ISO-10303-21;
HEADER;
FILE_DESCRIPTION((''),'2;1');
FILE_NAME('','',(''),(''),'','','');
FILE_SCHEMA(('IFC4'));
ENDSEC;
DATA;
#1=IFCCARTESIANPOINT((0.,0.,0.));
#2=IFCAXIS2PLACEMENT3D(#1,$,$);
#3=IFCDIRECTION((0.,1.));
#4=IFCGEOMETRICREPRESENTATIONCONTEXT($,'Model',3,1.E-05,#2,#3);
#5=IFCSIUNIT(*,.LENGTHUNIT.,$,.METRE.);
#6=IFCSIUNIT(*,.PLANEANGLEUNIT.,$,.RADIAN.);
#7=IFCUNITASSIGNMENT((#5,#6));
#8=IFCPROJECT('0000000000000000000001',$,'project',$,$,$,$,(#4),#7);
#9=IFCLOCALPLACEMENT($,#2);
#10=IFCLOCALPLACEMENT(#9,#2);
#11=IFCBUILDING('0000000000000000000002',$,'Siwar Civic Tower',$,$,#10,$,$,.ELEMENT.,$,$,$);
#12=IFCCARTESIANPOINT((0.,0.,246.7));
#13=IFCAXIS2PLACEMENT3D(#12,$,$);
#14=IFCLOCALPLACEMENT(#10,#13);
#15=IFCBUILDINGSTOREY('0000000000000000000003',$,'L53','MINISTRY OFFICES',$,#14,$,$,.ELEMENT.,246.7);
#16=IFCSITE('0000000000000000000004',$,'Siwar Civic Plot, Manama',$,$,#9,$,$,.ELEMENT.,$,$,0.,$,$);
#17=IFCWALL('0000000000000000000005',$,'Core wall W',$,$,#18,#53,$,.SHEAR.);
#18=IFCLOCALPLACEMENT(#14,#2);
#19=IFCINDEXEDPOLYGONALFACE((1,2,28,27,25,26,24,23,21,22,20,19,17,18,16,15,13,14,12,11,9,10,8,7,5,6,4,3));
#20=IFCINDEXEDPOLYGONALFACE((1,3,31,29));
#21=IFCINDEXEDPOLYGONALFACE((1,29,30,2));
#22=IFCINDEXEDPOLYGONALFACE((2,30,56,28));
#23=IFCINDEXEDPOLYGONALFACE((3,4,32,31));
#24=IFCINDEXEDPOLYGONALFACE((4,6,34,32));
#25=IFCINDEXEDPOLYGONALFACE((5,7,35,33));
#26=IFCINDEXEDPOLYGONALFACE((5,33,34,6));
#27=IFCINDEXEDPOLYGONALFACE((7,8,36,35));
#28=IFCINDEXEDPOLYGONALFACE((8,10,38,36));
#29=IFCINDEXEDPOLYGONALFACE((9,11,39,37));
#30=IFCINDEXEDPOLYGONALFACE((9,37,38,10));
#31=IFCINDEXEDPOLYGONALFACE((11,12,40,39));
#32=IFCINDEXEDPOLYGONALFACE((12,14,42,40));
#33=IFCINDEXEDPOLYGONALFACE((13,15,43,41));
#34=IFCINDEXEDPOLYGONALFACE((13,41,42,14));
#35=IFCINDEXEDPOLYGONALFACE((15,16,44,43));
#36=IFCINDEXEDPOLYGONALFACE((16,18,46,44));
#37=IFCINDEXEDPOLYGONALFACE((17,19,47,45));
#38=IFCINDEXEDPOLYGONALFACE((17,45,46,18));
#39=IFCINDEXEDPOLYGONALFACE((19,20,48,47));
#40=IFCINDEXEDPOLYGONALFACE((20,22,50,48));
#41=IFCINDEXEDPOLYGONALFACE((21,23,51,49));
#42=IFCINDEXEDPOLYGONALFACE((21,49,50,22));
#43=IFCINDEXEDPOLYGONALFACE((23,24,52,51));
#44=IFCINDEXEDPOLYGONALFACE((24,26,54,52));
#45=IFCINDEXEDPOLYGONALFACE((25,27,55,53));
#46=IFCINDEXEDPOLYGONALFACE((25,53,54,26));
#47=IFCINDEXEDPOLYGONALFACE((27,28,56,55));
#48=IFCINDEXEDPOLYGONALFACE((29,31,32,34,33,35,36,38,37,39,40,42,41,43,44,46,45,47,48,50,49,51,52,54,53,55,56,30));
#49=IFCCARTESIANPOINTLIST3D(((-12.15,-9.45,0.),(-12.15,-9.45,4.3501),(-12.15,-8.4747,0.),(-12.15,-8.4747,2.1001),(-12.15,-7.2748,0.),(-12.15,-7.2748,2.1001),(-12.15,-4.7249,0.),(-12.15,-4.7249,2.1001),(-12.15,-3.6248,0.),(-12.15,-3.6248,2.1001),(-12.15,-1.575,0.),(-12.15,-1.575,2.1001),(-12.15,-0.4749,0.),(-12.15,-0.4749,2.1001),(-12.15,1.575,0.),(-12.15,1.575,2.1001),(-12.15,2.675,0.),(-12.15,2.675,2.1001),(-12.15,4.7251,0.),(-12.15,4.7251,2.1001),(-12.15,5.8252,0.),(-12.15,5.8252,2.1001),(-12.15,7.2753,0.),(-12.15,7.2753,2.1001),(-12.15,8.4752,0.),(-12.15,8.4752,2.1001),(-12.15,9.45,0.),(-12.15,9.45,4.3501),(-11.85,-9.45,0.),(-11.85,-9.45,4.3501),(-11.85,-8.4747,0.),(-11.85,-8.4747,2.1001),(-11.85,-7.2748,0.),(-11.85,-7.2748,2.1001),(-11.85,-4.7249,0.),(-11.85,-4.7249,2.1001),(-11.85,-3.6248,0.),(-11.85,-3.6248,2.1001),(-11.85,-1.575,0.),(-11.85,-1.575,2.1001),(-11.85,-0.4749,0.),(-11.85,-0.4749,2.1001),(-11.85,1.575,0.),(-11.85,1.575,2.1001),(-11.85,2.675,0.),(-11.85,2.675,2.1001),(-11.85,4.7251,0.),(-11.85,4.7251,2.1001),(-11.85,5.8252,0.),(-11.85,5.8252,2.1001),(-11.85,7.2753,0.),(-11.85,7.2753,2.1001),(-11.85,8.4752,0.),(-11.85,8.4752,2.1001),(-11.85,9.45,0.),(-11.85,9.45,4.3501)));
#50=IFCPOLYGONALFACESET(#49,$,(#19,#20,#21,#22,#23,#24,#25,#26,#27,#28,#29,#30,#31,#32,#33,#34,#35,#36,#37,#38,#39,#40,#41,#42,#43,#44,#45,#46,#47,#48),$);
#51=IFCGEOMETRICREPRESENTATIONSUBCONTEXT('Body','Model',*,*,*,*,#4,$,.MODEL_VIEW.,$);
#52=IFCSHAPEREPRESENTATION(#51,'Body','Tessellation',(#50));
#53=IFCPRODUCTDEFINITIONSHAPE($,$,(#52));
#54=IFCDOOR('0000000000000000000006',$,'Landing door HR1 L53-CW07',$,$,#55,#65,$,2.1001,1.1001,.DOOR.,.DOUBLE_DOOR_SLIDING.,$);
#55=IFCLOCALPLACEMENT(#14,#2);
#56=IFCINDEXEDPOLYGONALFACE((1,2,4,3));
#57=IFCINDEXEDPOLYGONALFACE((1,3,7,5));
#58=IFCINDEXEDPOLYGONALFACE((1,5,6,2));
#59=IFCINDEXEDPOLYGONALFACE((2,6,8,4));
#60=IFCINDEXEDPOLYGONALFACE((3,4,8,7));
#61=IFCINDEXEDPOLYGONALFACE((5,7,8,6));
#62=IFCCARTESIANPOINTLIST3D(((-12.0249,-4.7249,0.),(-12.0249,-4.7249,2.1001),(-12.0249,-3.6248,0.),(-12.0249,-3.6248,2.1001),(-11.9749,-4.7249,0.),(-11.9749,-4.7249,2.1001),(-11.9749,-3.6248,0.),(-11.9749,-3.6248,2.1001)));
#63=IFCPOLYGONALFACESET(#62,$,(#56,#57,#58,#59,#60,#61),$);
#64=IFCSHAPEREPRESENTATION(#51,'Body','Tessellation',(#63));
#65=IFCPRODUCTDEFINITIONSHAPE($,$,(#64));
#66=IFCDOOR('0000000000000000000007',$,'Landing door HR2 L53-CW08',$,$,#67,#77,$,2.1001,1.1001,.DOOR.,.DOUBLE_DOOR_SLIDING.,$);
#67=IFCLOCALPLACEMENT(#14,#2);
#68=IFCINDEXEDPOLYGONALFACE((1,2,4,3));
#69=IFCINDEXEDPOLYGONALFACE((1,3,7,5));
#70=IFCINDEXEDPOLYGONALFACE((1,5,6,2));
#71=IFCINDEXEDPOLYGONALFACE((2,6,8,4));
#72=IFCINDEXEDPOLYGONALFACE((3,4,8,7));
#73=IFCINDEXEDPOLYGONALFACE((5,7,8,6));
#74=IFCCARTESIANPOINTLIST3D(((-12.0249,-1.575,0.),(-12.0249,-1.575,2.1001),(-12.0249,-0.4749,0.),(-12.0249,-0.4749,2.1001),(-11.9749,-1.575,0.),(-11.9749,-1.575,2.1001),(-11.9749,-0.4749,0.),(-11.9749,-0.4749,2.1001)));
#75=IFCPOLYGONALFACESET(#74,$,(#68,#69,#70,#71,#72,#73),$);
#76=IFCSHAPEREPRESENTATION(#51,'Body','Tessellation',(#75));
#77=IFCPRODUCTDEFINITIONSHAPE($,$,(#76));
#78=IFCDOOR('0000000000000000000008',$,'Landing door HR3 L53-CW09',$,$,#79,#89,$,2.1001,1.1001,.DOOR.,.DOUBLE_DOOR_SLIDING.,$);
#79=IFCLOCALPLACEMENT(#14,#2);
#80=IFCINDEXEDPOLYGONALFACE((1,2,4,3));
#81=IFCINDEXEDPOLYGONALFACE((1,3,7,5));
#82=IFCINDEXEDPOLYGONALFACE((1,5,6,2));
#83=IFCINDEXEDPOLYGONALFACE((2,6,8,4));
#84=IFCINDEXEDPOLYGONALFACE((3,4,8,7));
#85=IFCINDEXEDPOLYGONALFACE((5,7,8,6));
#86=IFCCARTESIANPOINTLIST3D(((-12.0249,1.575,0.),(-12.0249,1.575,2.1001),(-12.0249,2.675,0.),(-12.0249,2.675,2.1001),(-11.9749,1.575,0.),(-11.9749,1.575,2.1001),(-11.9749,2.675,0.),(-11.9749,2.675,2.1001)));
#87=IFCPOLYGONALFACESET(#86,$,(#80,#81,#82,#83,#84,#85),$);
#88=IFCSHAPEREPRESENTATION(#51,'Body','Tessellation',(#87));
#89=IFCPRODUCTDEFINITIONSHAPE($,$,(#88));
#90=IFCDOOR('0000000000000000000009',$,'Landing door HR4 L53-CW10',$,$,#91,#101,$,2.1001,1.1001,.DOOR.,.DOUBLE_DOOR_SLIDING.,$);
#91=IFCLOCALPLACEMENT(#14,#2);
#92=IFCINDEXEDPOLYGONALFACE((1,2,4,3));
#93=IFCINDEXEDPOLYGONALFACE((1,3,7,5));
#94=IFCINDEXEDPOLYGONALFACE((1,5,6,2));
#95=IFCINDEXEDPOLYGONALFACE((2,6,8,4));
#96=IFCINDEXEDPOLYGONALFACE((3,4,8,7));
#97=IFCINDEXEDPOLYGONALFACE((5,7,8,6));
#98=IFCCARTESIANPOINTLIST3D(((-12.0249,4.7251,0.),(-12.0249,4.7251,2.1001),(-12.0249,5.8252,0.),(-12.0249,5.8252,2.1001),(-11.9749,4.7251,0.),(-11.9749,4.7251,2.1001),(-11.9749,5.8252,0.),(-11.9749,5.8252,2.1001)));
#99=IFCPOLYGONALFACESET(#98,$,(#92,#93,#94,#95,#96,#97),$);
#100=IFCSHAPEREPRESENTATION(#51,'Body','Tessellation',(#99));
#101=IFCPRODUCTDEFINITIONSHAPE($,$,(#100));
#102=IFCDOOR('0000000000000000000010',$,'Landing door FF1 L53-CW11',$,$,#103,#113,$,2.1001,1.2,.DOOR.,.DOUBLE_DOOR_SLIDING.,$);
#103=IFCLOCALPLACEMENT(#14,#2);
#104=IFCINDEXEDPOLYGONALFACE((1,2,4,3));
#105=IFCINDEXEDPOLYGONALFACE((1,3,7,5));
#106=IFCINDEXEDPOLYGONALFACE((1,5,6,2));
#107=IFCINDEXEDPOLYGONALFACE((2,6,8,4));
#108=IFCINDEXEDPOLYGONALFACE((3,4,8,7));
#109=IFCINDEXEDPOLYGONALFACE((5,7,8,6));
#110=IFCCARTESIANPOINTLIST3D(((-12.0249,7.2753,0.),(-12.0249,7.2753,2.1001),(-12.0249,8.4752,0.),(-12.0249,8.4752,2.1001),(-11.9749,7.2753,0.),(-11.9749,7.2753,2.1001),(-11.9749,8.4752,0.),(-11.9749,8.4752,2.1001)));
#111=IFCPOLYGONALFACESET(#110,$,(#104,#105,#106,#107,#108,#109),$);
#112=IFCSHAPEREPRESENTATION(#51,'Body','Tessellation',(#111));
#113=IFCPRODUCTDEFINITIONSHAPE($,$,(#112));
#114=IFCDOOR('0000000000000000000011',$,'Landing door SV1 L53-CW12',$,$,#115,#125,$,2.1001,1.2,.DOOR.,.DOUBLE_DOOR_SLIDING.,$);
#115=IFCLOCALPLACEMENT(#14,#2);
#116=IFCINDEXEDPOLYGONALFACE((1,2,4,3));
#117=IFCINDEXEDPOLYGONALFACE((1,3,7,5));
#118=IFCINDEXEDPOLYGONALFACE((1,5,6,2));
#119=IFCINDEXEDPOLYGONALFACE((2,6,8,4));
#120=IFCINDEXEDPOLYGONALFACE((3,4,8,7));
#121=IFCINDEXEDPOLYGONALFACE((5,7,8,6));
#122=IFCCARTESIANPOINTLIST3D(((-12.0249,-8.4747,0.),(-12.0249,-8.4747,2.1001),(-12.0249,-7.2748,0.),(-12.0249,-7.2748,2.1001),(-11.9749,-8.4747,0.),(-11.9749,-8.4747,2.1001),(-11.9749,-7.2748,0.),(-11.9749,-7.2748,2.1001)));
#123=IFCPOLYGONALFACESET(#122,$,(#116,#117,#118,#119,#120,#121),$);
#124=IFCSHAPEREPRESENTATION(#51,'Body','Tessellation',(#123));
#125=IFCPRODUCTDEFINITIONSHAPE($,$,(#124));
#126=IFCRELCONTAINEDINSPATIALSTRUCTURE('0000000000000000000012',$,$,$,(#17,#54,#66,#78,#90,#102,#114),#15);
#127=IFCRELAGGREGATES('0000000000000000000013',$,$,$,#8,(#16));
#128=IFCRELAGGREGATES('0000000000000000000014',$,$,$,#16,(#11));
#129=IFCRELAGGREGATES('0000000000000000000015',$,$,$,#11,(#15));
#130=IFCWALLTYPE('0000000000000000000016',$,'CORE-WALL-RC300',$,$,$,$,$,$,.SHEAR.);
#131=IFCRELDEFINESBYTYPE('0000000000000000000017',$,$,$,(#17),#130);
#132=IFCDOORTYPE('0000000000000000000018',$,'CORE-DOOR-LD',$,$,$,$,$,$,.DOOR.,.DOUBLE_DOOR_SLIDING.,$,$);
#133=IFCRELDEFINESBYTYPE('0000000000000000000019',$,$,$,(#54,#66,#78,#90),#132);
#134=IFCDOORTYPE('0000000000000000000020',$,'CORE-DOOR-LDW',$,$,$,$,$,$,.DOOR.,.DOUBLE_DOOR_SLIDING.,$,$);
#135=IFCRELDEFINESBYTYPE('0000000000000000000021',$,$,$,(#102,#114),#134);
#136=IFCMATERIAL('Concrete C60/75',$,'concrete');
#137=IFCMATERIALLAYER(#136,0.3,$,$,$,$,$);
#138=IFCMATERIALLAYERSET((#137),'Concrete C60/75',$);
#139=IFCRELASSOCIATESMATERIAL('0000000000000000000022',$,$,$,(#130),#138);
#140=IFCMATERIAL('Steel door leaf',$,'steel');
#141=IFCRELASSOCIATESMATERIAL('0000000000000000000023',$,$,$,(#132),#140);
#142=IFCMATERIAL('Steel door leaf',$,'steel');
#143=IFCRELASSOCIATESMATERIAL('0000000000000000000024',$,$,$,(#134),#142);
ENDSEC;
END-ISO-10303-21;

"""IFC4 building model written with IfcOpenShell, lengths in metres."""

from ifc_helpers import new_model, si_unit, direction, frame, frame_2d, origin, place, context, subcontext, project, spatial, rectangle, extrude, material, layer, layer_set, type_object, element, fill, save


model = new_model("IFC4")

# Units and contexts
model_context = context("Model", 3, precision=1e-05, world=origin(), true_north=direction((0.0, 1.0)))
body_context = subcontext(model_context, "Body", "Model", "MODEL_VIEW")
ifc_project = project(units=[si_unit("LENGTHUNIT", "METRE"), si_unit("PLANEANGLEUNIT", "RADIAN")], contexts=[model_context])

# Site, building, storey
site_placement = place(None, origin())
site = spatial("IfcSite", under=ifc_project, at=site_placement, Name="Siwar Civic Plot, Manama", CompositionType="ELEMENT", RefElevation=0.0)
building_placement = place(site_placement, origin())
building = spatial("IfcBuilding", under=site, at=building_placement, Name="Siwar Civic Tower", CompositionType="ELEMENT")
storey_placement = place(building_placement, frame((0.0, 0.0, 246.7)))
storey = spatial("IfcBuildingStorey", under=building, at=storey_placement, Name="L53", Description="MINISTRY OFFICES", CompositionType="ELEMENT", Elevation=246.7)

# Wall, openings, doors
ifc_material_1 = material(Name="Concrete C60/75", Category="concrete")
ifc_layer_1 = layer(ifc_material_1, 0.3)
ifc_layer_set_1 = layer_set([ifc_layer_1], Name="Concrete C60/75")
wall_type_1 = type_object("IfcWallType", Name="CORE-WALL-RC300", PredefinedType="SHEAR", material=ifc_layer_set_1)
wall_1_placement = place(storey_placement, frame((-12.0, -9.45, 0.0), z_axis=(0.0, 0.0, 1.0), x_axis=(0.0, 1.0, 0.0)))
wall_1 = element("IfcWall", 1, at=wall_1_placement, inside=storey, type_object=wall_type_1, Name="Core wall W", PredefinedType="SHEAR", context=body_context, shape_type="SweptSolid", body=[
    extrude(rectangle(XDim=18.8999, YDim=0.3, at=frame_2d((9.45, 0.0))), origin(), (0.0, 0.0, 1.0), 4.3501),
])
opening_1_placement = place(wall_1_placement, frame((4.7251, 0.0, 0.0)))
opening_1 = element("IfcOpeningElement", 2, at=opening_1_placement, cuts=wall_1, PredefinedType="OPENING", context=body_context, shape_type="SweptSolid", body=[
    extrude(rectangle(XDim=1.1001, YDim=2.1001, at=frame_2d((0.55, 1.05))), frame((0.0, 0.1602, 0.0), z_axis=(0.0, -1.0, 0.0), x_axis=(1.0, 0.0, 0.0)), (0.0, 0.0, 1.0), 0.3201),
])
opening_2_placement = place(wall_1_placement, frame((7.875, 0.0, 0.0)))
opening_2 = element("IfcOpeningElement", 3, at=opening_2_placement, cuts=wall_1, PredefinedType="OPENING", context=body_context, shape_type="SweptSolid", body=[
    extrude(rectangle(XDim=1.1001, YDim=2.1001, at=frame_2d((0.55, 1.05))), frame((0.0, 0.1602, 0.0), z_axis=(0.0, -1.0, 0.0), x_axis=(1.0, 0.0, 0.0)), (0.0, 0.0, 1.0), 0.3201),
])
opening_3_placement = place(wall_1_placement, frame((11.0249, 0.0, 0.0)))
opening_3 = element("IfcOpeningElement", 4, at=opening_3_placement, cuts=wall_1, PredefinedType="OPENING", context=body_context, shape_type="SweptSolid", body=[
    extrude(rectangle(XDim=1.1001, YDim=2.1001, at=frame_2d((0.55, 1.05))), frame((0.0, 0.1602, 0.0), z_axis=(0.0, -1.0, 0.0), x_axis=(1.0, 0.0, 0.0)), (0.0, 0.0, 1.0), 0.3201),
])
opening_4_placement = place(wall_1_placement, frame((14.175, 0.0, 0.0)))
opening_4 = element("IfcOpeningElement", 5, at=opening_4_placement, cuts=wall_1, PredefinedType="OPENING", context=body_context, shape_type="SweptSolid", body=[
    extrude(rectangle(XDim=1.1001, YDim=2.1001, at=frame_2d((0.55, 1.05))), frame((0.0, 0.1602, 0.0), z_axis=(0.0, -1.0, 0.0), x_axis=(1.0, 0.0, 0.0)), (0.0, 0.0, 1.0), 0.3201),
])
opening_5_placement = place(wall_1_placement, frame((16.7251, 0.0, 0.0)))
opening_5 = element("IfcOpeningElement", 6, at=opening_5_placement, cuts=wall_1, PredefinedType="OPENING", context=body_context, shape_type="SweptSolid", body=[
    extrude(rectangle(XDim=1.2, YDim=2.1001, at=frame_2d((0.6001, 1.05))), frame((0.0, 0.1602, 0.0), z_axis=(0.0, -1.0, 0.0), x_axis=(1.0, 0.0, 0.0)), (0.0, 0.0, 1.0), 0.3201),
])
opening_6_placement = place(wall_1_placement, frame((0.9751, 0.0, 0.0)))
opening_6 = element("IfcOpeningElement", 7, at=opening_6_placement, cuts=wall_1, PredefinedType="OPENING", context=body_context, shape_type="SweptSolid", body=[
    extrude(rectangle(XDim=1.2, YDim=2.1001, at=frame_2d((0.6001, 1.05))), frame((0.0, 0.1602, 0.0), z_axis=(0.0, -1.0, 0.0), x_axis=(1.0, 0.0, 0.0)), (0.0, 0.0, 1.0), 0.3201),
])
ifc_material_2 = material(Name="Steel door leaf", Category="steel")
door_type_1 = type_object("IfcDoorType", Name="CORE-DOOR-LD", OperationType="DOUBLE_DOOR_SLIDING", PredefinedType="DOOR", material=ifc_material_2)
door_1_placement = place(opening_1_placement, origin())
door_1 = element("IfcDoor", 8, at=door_1_placement, inside=storey, type_object=door_type_1, Name="Landing door HR1 L53-CW07", OperationType="DOUBLE_DOOR_SLIDING", OverallHeight=2.1001, OverallWidth=1.1001, PredefinedType="DOOR", context=body_context, shape_type="SweptSolid", body=[
    extrude(rectangle(XDim=1.1001, YDim=2.1001, at=frame_2d((0.55, 1.05))), frame((0.0, 0.0249, 0.0), z_axis=(0.0, -1.0, 0.0), x_axis=(1.0, 0.0, 0.0)), (0.0, 0.0, 1.0), 0.05),
])
fill(opening_1, door_1)
door_2_placement = place(opening_2_placement, origin())
door_2 = element("IfcDoor", 9, at=door_2_placement, inside=storey, type_object=door_type_1, Name="Landing door HR2 L53-CW08", OperationType="DOUBLE_DOOR_SLIDING", OverallHeight=2.1001, OverallWidth=1.1001, PredefinedType="DOOR", context=body_context, shape_type="SweptSolid", body=[
    extrude(rectangle(XDim=1.1001, YDim=2.1001, at=frame_2d((0.55, 1.05))), frame((0.0, 0.0249, 0.0), z_axis=(0.0, -1.0, 0.0), x_axis=(1.0, 0.0, 0.0)), (0.0, 0.0, 1.0), 0.05),
])
fill(opening_2, door_2)
door_3_placement = place(opening_3_placement, origin())
door_3 = element("IfcDoor", 10, at=door_3_placement, inside=storey, type_object=door_type_1, Name="Landing door HR3 L53-CW09", OperationType="DOUBLE_DOOR_SLIDING", OverallHeight=2.1001, OverallWidth=1.1001, PredefinedType="DOOR", context=body_context, shape_type="SweptSolid", body=[
    extrude(rectangle(XDim=1.1001, YDim=2.1001, at=frame_2d((0.55, 1.05))), frame((0.0, 0.0249, 0.0), z_axis=(0.0, -1.0, 0.0), x_axis=(1.0, 0.0, 0.0)), (0.0, 0.0, 1.0), 0.05),
])
fill(opening_3, door_3)
door_4_placement = place(opening_4_placement, origin())
door_4 = element("IfcDoor", 11, at=door_4_placement, inside=storey, type_object=door_type_1, Name="Landing door HR4 L53-CW10", OperationType="DOUBLE_DOOR_SLIDING", OverallHeight=2.1001, OverallWidth=1.1001, PredefinedType="DOOR", context=body_context, shape_type="SweptSolid", body=[
    extrude(rectangle(XDim=1.1001, YDim=2.1001, at=frame_2d((0.55, 1.05))), frame((0.0, 0.0249, 0.0), z_axis=(0.0, -1.0, 0.0), x_axis=(1.0, 0.0, 0.0)), (0.0, 0.0, 1.0), 0.05),
])
fill(opening_4, door_4)
ifc_material_3 = material(Name="Steel door leaf", Category="steel")
door_type_2 = type_object("IfcDoorType", Name="CORE-DOOR-LDW", OperationType="DOUBLE_DOOR_SLIDING", PredefinedType="DOOR", material=ifc_material_3)
door_5_placement = place(opening_5_placement, origin())
door_5 = element("IfcDoor", 12, at=door_5_placement, inside=storey, type_object=door_type_2, Name="Landing door FF1 L53-CW11", OperationType="DOUBLE_DOOR_SLIDING", OverallHeight=2.1001, OverallWidth=1.2, PredefinedType="DOOR", context=body_context, shape_type="SweptSolid", body=[
    extrude(rectangle(XDim=1.2, YDim=2.1001, at=frame_2d((0.6001, 1.05))), frame((0.0, 0.0249, 0.0), z_axis=(0.0, -1.0, 0.0), x_axis=(1.0, 0.0, 0.0)), (0.0, 0.0, 1.0), 0.05),
])
fill(opening_5, door_5)
door_6_placement = place(opening_6_placement, origin())
door_6 = element("IfcDoor", 13, at=door_6_placement, inside=storey, type_object=door_type_2, Name="Landing door SV1 L53-CW12", OperationType="DOUBLE_DOOR_SLIDING", OverallHeight=2.1001, OverallWidth=1.2, PredefinedType="DOOR", context=body_context, shape_type="SweptSolid", body=[
    extrude(rectangle(XDim=1.2, YDim=2.1001, at=frame_2d((0.6001, 1.05))), frame((0.0, 0.0249, 0.0), z_axis=(0.0, -1.0, 0.0), x_axis=(1.0, 0.0, 0.0)), (0.0, 0.0, 1.0), 0.05),
])
fill(opening_6, door_6)

save(model, "model.ifc")
